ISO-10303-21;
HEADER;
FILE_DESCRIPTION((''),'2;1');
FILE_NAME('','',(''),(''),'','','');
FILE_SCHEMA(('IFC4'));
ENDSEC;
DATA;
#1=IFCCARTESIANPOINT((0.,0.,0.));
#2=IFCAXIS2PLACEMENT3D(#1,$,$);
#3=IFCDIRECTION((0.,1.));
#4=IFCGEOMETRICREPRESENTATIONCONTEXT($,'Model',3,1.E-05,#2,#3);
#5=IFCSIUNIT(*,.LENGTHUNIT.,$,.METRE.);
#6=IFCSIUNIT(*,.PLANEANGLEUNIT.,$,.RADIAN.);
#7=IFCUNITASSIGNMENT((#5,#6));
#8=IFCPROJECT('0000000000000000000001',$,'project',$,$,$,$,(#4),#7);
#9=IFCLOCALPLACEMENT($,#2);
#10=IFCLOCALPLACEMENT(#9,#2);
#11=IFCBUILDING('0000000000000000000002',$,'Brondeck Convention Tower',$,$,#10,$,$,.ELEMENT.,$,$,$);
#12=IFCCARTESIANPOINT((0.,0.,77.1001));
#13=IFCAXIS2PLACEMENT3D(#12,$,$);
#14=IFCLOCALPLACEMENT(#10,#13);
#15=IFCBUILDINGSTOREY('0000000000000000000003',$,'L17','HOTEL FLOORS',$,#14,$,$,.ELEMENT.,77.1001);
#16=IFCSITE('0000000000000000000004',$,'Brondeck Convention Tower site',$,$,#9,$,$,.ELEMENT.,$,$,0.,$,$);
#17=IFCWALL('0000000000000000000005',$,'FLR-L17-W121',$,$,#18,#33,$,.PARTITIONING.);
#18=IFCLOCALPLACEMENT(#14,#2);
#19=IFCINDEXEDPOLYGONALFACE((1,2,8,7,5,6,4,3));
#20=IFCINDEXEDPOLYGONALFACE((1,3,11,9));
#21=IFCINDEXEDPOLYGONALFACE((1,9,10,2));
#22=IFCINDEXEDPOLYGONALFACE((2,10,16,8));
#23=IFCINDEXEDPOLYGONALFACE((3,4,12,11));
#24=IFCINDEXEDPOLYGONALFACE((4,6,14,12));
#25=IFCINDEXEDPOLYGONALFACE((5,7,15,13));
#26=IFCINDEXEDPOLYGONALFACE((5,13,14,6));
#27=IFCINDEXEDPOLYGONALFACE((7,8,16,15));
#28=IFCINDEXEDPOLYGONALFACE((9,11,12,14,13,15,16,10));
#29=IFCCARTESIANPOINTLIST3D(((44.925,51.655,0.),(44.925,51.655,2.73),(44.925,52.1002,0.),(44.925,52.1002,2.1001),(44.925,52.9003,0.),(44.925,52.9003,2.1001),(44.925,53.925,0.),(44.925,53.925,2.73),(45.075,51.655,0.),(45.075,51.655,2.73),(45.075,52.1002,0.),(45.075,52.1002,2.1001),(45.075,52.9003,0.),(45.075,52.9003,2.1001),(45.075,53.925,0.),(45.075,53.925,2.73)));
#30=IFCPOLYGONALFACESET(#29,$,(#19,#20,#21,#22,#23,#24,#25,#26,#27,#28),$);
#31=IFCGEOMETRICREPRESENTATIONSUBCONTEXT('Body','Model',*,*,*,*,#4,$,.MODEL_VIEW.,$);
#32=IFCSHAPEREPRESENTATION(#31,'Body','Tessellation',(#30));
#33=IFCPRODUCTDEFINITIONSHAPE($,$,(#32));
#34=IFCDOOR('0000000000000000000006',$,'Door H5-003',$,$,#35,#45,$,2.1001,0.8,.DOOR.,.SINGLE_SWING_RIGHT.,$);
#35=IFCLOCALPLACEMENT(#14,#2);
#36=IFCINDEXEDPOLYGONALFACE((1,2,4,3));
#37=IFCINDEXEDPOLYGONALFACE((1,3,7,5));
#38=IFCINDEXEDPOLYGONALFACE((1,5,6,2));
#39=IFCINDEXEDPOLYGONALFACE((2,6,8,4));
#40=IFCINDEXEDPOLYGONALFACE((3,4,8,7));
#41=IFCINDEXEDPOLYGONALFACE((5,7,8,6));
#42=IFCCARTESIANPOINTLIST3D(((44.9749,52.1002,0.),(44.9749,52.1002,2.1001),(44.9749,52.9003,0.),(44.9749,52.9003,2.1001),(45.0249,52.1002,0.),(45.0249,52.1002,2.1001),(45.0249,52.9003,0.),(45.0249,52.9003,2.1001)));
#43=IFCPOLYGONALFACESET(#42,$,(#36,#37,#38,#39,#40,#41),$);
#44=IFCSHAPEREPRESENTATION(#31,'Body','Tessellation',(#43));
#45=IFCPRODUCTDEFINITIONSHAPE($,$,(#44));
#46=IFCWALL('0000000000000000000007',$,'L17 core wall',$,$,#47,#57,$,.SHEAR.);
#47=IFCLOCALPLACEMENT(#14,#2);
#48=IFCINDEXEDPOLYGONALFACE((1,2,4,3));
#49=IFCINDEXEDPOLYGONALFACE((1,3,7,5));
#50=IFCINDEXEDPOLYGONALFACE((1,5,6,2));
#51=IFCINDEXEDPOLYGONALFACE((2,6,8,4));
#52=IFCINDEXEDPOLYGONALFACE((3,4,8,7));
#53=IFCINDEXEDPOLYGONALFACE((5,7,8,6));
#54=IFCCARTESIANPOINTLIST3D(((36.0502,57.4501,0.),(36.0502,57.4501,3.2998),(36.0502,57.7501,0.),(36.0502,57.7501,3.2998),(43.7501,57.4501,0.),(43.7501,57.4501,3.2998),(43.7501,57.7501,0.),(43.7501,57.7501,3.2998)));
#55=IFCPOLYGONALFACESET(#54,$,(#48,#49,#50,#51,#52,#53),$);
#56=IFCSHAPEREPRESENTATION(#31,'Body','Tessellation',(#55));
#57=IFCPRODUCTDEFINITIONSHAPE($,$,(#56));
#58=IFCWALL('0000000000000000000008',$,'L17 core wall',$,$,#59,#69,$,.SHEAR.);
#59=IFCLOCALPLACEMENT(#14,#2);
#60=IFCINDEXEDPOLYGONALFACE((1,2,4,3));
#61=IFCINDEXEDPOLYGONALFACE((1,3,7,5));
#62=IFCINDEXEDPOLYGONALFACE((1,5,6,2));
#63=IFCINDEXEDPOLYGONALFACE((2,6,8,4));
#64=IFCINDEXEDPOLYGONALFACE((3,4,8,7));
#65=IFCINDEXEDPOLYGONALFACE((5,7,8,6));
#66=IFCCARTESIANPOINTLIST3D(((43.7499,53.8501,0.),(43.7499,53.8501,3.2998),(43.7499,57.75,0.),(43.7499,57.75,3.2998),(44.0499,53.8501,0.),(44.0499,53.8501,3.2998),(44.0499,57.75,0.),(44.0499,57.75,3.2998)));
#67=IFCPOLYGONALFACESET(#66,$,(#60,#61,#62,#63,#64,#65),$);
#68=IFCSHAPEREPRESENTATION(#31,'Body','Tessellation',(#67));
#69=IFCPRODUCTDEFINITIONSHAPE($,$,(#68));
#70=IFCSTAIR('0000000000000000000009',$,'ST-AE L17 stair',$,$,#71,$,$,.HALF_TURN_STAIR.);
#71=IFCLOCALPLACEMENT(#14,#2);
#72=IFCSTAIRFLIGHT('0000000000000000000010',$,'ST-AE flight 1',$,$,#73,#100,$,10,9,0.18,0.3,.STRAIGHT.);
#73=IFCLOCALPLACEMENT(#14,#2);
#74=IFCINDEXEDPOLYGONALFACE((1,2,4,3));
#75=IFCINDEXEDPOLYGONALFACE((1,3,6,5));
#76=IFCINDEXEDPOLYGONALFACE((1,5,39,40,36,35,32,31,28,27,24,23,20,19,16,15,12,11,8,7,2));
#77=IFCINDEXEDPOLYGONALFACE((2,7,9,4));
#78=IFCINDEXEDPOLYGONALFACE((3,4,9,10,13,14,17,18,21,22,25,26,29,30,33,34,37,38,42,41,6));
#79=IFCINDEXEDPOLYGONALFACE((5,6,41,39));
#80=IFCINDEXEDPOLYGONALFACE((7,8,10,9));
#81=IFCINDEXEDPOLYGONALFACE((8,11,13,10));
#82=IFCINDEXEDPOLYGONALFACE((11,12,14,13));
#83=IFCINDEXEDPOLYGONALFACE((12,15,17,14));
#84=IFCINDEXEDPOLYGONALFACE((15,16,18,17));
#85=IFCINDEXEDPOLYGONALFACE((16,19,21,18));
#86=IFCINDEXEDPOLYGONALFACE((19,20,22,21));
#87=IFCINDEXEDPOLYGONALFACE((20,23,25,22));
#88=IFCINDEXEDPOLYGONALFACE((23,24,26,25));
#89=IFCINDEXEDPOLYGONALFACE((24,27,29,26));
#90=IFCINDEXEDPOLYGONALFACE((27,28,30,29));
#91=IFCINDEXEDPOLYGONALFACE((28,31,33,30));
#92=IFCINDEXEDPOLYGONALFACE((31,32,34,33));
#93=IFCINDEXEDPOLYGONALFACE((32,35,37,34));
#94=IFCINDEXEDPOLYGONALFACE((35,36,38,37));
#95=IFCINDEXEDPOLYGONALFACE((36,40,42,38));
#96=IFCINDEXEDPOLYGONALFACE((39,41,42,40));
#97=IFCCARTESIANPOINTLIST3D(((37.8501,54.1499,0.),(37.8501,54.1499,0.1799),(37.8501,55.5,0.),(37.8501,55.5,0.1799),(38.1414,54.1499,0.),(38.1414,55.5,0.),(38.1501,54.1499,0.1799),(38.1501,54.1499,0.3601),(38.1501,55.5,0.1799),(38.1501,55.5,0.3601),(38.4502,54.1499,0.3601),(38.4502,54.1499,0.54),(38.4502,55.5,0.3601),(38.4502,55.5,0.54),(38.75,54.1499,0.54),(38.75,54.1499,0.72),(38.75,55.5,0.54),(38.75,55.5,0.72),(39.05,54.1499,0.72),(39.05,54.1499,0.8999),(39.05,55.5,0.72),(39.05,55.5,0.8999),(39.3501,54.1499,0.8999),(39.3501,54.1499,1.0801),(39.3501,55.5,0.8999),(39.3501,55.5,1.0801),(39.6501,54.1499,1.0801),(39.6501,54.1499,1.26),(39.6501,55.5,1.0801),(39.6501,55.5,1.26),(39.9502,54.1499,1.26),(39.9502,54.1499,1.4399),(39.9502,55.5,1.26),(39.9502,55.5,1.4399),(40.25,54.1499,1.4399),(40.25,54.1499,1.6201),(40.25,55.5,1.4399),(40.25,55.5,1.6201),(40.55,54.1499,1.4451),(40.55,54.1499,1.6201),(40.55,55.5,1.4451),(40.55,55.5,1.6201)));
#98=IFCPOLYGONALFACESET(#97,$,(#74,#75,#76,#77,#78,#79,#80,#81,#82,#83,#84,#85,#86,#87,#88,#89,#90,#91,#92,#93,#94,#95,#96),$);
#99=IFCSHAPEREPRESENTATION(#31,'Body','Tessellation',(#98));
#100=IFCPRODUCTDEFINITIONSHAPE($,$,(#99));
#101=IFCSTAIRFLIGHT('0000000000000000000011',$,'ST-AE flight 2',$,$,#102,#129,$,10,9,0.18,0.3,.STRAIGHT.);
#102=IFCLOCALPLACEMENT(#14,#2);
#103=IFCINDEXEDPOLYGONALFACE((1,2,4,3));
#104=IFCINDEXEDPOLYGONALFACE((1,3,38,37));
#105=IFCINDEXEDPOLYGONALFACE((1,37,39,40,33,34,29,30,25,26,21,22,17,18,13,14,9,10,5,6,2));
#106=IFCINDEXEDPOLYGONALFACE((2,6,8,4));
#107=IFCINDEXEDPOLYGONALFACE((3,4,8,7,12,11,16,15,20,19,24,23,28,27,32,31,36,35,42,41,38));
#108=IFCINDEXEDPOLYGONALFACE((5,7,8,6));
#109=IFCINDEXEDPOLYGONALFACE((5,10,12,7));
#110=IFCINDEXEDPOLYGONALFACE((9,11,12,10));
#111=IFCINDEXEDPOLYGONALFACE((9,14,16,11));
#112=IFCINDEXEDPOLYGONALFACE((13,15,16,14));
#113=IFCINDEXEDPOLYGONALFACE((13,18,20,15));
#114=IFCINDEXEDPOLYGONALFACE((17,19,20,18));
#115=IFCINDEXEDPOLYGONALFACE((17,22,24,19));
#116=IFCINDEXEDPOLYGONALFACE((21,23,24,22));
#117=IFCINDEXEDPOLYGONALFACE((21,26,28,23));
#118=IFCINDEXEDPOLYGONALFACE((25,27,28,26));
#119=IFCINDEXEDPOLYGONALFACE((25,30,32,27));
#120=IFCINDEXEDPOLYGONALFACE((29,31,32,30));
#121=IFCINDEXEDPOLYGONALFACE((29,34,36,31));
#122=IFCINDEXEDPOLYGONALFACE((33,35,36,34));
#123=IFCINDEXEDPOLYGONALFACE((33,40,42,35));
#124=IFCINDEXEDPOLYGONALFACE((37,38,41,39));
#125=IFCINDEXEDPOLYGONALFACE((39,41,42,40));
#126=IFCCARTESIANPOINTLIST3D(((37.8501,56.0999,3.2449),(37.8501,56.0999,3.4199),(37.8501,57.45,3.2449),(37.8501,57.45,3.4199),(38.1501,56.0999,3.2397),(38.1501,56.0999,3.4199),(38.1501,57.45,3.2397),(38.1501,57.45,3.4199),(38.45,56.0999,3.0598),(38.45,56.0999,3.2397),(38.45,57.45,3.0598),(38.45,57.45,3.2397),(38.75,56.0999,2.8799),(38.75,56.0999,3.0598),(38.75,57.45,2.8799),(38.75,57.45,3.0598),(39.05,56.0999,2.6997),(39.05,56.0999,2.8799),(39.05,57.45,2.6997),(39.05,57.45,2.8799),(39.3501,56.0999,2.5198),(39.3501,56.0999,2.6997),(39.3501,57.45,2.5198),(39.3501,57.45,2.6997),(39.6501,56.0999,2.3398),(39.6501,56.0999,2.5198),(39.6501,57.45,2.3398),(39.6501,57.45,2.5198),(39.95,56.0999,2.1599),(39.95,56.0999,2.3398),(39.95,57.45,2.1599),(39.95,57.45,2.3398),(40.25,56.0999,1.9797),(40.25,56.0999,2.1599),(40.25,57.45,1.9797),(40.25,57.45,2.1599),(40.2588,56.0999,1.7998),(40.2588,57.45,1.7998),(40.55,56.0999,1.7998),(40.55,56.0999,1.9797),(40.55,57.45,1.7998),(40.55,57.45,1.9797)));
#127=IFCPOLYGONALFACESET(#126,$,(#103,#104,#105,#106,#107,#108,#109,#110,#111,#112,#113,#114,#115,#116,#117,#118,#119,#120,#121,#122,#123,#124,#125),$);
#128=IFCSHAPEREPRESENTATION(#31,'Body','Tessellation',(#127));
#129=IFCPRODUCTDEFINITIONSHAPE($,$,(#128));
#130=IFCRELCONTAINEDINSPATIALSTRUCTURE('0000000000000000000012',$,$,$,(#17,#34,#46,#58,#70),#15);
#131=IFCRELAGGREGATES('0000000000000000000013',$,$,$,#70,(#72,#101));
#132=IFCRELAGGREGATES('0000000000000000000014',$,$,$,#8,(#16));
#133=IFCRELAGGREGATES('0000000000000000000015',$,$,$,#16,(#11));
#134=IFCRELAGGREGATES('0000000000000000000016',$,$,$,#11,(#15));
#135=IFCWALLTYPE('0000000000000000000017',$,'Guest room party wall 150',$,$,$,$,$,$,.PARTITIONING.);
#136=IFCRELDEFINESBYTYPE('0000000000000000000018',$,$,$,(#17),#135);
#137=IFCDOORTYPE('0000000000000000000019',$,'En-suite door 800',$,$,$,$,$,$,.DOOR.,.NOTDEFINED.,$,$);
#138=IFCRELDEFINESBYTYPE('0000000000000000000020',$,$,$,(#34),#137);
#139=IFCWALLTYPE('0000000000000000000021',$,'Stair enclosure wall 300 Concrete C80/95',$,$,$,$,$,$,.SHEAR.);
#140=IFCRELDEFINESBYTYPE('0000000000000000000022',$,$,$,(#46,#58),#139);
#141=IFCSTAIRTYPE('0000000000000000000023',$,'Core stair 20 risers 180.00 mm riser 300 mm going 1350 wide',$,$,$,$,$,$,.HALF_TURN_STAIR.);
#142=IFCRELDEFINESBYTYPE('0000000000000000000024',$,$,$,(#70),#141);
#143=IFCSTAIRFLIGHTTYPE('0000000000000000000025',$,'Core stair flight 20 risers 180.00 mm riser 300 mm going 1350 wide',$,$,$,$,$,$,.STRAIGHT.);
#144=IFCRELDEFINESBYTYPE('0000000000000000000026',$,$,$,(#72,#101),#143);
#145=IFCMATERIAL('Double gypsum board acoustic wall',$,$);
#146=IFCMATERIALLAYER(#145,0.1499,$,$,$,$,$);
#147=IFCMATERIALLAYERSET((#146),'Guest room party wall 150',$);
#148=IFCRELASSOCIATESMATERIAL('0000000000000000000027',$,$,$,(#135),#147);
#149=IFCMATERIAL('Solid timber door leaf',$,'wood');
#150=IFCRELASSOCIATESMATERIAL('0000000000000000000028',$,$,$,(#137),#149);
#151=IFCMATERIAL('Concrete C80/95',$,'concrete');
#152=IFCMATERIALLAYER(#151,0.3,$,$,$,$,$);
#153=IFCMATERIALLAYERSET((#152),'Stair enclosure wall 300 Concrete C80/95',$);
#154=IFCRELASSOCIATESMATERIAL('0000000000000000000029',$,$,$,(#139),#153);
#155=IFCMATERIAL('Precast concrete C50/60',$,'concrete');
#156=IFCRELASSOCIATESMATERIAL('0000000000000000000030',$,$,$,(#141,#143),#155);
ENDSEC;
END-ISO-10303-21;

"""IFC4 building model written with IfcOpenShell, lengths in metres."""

from ifc_helpers import new_model, si_unit, direction, frame, frame_2d, origin, place, context, subcontext, project, spatial, polyline, rectangle, outline, extrude, material, layer, layer_set, type_object, element, fill, aggregate, save


model = new_model("IFC4")

# Units and contexts
model_context = context("Model", 3, precision=1e-05, world=origin(), true_north=direction((0.0, 1.0)))
body_context = subcontext(model_context, "Body", "Model", "MODEL_VIEW")
ifc_project = project(units=[si_unit("LENGTHUNIT", "METRE"), si_unit("PLANEANGLEUNIT", "RADIAN")], contexts=[model_context])

# Site, building, storey
site_placement = place(None, origin())
site = spatial("IfcSite", under=ifc_project, at=site_placement, Name="Brondeck Convention Tower site", CompositionType="ELEMENT", RefElevation=0.0)
building_placement = place(site_placement, origin())
building = spatial("IfcBuilding", under=site, at=building_placement, Name="Brondeck Convention Tower", CompositionType="ELEMENT")
storey_placement = place(building_placement, frame((0.0, 0.0, 77.1001)))
storey = spatial("IfcBuildingStorey", under=building, at=storey_placement, Name="L17", Description="HOTEL FLOORS", CompositionType="ELEMENT", Elevation=77.1001)

# Shared definitions
ifc_material_1 = material(Name="Concrete C80/95", Category="concrete")

# Shared definitions
ifc_material_2 = material(Name="Double gypsum board acoustic wall")
ifc_layer_1 = layer(ifc_material_2, 0.1499)
ifc_layer_set_1 = layer_set([ifc_layer_1], Name="Guest room party wall 150")
wall_type_1 = type_object("IfcWallType", Name="Guest room party wall 150", PredefinedType="PARTITIONING", material=ifc_layer_set_1)

# Wall, opening, door
wall_1_placement = place(storey_placement, frame((45.0, 53.925, 0.0), z_axis=(0.0, 0.0, 1.0), x_axis=(0.0, -1.0, 0.0)))
wall_1 = element("IfcWall", 1, at=wall_1_placement, inside=storey, type_object=wall_type_1, Name="FLR-L17-W121", PredefinedType="PARTITIONING", context=body_context, shape_type="SweptSolid", body=[
    extrude(rectangle(XDim=2.27, YDim=0.1499, at=frame_2d((1.135, 0.0))), origin(), (0.0, 0.0, 1.0), 2.73),
])
opening_1_placement = place(wall_1_placement, frame((1.0249, 0.0, 0.0)))
opening_1 = element("IfcOpeningElement", 2, at=opening_1_placement, cuts=wall_1, PredefinedType="OPENING", context=body_context, shape_type="SweptSolid", body=[
    extrude(rectangle(XDim=0.8, YDim=2.1001, at=frame_2d((0.3999, 1.05))), frame((0.0, 0.085, 0.0), z_axis=(0.0, -1.0, 0.0), x_axis=(1.0, 0.0, 0.0)), (0.0, 0.0, 1.0), 0.1699),
])
ifc_material_3 = material(Name="Solid timber door leaf", Category="wood")
door_type = type_object("IfcDoorType", Name="En-suite door 800", OperationType="NOTDEFINED", PredefinedType="DOOR", material=ifc_material_3)
door_placement = place(opening_1_placement, origin())
door = element("IfcDoor", 3, at=door_placement, inside=storey, type_object=door_type, Name="Door H5-003", OperationType="SINGLE_SWING_RIGHT", OverallHeight=2.1001, OverallWidth=0.8, PredefinedType="DOOR", context=body_context, shape_type="SweptSolid", body=[
    extrude(rectangle(XDim=0.8, YDim=2.1001, at=frame_2d((0.3999, 1.05))), frame((0.0, 0.0249, 0.0), z_axis=(0.0, -1.0, 0.0), x_axis=(1.0, 0.0, 0.0)), (0.0, 0.0, 1.0), 0.05),
])
fill(opening_1, door)

# Walls
ifc_layer_2 = layer(ifc_material_1, 0.3)
ifc_layer_set_2 = layer_set([ifc_layer_2], Name="Stair enclosure wall 300 Concrete C80/95")
wall_type_2 = type_object("IfcWallType", Name="Stair enclosure wall 300 Concrete C80/95", PredefinedType="SHEAR", material=ifc_layer_set_2)
wall_2_placement = place(storey_placement, frame((36.05, 57.6001, 0.0), z_axis=(0.0, 0.0, 1.0), x_axis=(1.0, 0.0, 0.0)))
element("IfcWall", 4, at=wall_2_placement, inside=storey, type_object=wall_type_2, Name="L17 core wall", PredefinedType="SHEAR", context=body_context, shape_type="SweptSolid", body=[
    extrude(rectangle(XDim=7.7, YDim=0.3, at=frame_2d((3.8501, 0.0))), origin(), (0.0, 0.0, 1.0), 3.2998),
])
wall_3_placement = place(storey_placement, frame((43.8999, 53.8501, 0.0), z_axis=(0.0, 0.0, 1.0), x_axis=(0.0, 1.0, 0.0)))
element("IfcWall", 5, at=wall_3_placement, inside=storey, type_object=wall_type_2, Name="L17 core wall", PredefinedType="SHEAR", context=body_context, shape_type="SweptSolid", body=[
    extrude(rectangle(XDim=3.8999, YDim=0.3, at=frame_2d((1.95, 0.0))), origin(), (0.0, 0.0, 1.0), 3.2998),
])

# Stair, stair flights
ifc_material_4 = material(Name="Precast concrete C50/60", Category="concrete")
stair_type = type_object("IfcStairType", Name="Core stair 20 risers 180.00 mm riser 300 mm going 1350 wide", PredefinedType="HALF_TURN_STAIR", material=ifc_material_4)
stair_placement = place(storey_placement, origin())
stair = element("IfcStair", 6, at=stair_placement, inside=storey, type_object=stair_type, Name="ST-AE L17 stair", PredefinedType="HALF_TURN_STAIR")
stair_flight_type = type_object("IfcStairFlightType", Name="Core stair flight 20 risers 180.00 mm riser 300 mm going 1350 wide", PredefinedType="STRAIGHT", material=ifc_material_4)
stair_flight_1_placement = place(storey_placement, frame((37.8501, 54.825, 0.0), z_axis=(0.0, 0.0, 1.0), x_axis=(1.0, 0.0, 0.0)))
stair_flight_1 = element("IfcStairFlight", 7, at=stair_flight_1_placement, type_object=stair_flight_type, Name="ST-AE flight 1", NumberOfRisers=10, NumberOfTreads=9, PredefinedType="STRAIGHT", RiserHeight=0.18, TreadLength=0.3, context=body_context, shape_type="SweptSolid", body=[
    extrude(outline(polyline([(0.0, 0.0), (0.0, 0.1799), (0.3, 0.1799), (0.3, 0.3601), (0.6001, 0.3601), (0.6001, 0.54), (0.8999, 0.54), (0.8999, 0.72), (1.2, 0.72), (1.2, 0.8999), (1.5, 0.8999), (1.5, 1.0801), (1.8, 1.0801), (1.8, 1.26), (2.1001, 1.26), (2.1001, 1.4399), (2.3999, 1.4399), (2.3999, 1.6201), (2.7, 1.6201), (2.7, 1.8), (2.7, 1.4451), (0.2913, 0.0), (0.0, 0.0)])), frame((0.0, 0.675, 0.0), z_axis=(0.0, -1.0, 0.0), x_axis=(1.0, 0.0, 0.0)), (0.0, 0.0, 1.0), 1.3501),
])
stair_flight_2_placement = place(storey_placement, frame((40.55, 56.7749, 1.7998), z_axis=(0.0, 0.0, 1.0), x_axis=(-1.0, 0.0, 0.0)))
stair_flight_2 = element("IfcStairFlight", 8, at=stair_flight_2_placement, type_object=stair_flight_type, Name="ST-AE flight 2", NumberOfRisers=10, NumberOfTreads=9, PredefinedType="STRAIGHT", RiserHeight=0.18, TreadLength=0.3, context=body_context, shape_type="SweptSolid", body=[
    extrude(outline(polyline([(0.0, 0.0), (0.0, 0.1799), (0.3, 0.1799), (0.3, 0.3601), (0.6001, 0.3601), (0.6001, 0.54), (0.8999, 0.54), (0.8999, 0.72), (1.2, 0.72), (1.2, 0.8999), (1.5, 0.8999), (1.5, 1.0801), (1.8, 1.0801), (1.8, 1.26), (2.1001, 1.26), (2.1001, 1.4399), (2.3999, 1.4399), (2.3999, 1.6201), (2.7, 1.6201), (2.7, 1.8), (2.7, 1.4451), (0.2913, 0.0), (0.0, 0.0)])), frame((0.0, 0.675, 0.0), z_axis=(0.0, -1.0, 0.0), x_axis=(1.0, 0.0, 0.0)), (0.0, 0.0, 1.0), 1.3501),
])
aggregate(stair, [stair_flight_1, stair_flight_2])

save(model, "model.ifc")
